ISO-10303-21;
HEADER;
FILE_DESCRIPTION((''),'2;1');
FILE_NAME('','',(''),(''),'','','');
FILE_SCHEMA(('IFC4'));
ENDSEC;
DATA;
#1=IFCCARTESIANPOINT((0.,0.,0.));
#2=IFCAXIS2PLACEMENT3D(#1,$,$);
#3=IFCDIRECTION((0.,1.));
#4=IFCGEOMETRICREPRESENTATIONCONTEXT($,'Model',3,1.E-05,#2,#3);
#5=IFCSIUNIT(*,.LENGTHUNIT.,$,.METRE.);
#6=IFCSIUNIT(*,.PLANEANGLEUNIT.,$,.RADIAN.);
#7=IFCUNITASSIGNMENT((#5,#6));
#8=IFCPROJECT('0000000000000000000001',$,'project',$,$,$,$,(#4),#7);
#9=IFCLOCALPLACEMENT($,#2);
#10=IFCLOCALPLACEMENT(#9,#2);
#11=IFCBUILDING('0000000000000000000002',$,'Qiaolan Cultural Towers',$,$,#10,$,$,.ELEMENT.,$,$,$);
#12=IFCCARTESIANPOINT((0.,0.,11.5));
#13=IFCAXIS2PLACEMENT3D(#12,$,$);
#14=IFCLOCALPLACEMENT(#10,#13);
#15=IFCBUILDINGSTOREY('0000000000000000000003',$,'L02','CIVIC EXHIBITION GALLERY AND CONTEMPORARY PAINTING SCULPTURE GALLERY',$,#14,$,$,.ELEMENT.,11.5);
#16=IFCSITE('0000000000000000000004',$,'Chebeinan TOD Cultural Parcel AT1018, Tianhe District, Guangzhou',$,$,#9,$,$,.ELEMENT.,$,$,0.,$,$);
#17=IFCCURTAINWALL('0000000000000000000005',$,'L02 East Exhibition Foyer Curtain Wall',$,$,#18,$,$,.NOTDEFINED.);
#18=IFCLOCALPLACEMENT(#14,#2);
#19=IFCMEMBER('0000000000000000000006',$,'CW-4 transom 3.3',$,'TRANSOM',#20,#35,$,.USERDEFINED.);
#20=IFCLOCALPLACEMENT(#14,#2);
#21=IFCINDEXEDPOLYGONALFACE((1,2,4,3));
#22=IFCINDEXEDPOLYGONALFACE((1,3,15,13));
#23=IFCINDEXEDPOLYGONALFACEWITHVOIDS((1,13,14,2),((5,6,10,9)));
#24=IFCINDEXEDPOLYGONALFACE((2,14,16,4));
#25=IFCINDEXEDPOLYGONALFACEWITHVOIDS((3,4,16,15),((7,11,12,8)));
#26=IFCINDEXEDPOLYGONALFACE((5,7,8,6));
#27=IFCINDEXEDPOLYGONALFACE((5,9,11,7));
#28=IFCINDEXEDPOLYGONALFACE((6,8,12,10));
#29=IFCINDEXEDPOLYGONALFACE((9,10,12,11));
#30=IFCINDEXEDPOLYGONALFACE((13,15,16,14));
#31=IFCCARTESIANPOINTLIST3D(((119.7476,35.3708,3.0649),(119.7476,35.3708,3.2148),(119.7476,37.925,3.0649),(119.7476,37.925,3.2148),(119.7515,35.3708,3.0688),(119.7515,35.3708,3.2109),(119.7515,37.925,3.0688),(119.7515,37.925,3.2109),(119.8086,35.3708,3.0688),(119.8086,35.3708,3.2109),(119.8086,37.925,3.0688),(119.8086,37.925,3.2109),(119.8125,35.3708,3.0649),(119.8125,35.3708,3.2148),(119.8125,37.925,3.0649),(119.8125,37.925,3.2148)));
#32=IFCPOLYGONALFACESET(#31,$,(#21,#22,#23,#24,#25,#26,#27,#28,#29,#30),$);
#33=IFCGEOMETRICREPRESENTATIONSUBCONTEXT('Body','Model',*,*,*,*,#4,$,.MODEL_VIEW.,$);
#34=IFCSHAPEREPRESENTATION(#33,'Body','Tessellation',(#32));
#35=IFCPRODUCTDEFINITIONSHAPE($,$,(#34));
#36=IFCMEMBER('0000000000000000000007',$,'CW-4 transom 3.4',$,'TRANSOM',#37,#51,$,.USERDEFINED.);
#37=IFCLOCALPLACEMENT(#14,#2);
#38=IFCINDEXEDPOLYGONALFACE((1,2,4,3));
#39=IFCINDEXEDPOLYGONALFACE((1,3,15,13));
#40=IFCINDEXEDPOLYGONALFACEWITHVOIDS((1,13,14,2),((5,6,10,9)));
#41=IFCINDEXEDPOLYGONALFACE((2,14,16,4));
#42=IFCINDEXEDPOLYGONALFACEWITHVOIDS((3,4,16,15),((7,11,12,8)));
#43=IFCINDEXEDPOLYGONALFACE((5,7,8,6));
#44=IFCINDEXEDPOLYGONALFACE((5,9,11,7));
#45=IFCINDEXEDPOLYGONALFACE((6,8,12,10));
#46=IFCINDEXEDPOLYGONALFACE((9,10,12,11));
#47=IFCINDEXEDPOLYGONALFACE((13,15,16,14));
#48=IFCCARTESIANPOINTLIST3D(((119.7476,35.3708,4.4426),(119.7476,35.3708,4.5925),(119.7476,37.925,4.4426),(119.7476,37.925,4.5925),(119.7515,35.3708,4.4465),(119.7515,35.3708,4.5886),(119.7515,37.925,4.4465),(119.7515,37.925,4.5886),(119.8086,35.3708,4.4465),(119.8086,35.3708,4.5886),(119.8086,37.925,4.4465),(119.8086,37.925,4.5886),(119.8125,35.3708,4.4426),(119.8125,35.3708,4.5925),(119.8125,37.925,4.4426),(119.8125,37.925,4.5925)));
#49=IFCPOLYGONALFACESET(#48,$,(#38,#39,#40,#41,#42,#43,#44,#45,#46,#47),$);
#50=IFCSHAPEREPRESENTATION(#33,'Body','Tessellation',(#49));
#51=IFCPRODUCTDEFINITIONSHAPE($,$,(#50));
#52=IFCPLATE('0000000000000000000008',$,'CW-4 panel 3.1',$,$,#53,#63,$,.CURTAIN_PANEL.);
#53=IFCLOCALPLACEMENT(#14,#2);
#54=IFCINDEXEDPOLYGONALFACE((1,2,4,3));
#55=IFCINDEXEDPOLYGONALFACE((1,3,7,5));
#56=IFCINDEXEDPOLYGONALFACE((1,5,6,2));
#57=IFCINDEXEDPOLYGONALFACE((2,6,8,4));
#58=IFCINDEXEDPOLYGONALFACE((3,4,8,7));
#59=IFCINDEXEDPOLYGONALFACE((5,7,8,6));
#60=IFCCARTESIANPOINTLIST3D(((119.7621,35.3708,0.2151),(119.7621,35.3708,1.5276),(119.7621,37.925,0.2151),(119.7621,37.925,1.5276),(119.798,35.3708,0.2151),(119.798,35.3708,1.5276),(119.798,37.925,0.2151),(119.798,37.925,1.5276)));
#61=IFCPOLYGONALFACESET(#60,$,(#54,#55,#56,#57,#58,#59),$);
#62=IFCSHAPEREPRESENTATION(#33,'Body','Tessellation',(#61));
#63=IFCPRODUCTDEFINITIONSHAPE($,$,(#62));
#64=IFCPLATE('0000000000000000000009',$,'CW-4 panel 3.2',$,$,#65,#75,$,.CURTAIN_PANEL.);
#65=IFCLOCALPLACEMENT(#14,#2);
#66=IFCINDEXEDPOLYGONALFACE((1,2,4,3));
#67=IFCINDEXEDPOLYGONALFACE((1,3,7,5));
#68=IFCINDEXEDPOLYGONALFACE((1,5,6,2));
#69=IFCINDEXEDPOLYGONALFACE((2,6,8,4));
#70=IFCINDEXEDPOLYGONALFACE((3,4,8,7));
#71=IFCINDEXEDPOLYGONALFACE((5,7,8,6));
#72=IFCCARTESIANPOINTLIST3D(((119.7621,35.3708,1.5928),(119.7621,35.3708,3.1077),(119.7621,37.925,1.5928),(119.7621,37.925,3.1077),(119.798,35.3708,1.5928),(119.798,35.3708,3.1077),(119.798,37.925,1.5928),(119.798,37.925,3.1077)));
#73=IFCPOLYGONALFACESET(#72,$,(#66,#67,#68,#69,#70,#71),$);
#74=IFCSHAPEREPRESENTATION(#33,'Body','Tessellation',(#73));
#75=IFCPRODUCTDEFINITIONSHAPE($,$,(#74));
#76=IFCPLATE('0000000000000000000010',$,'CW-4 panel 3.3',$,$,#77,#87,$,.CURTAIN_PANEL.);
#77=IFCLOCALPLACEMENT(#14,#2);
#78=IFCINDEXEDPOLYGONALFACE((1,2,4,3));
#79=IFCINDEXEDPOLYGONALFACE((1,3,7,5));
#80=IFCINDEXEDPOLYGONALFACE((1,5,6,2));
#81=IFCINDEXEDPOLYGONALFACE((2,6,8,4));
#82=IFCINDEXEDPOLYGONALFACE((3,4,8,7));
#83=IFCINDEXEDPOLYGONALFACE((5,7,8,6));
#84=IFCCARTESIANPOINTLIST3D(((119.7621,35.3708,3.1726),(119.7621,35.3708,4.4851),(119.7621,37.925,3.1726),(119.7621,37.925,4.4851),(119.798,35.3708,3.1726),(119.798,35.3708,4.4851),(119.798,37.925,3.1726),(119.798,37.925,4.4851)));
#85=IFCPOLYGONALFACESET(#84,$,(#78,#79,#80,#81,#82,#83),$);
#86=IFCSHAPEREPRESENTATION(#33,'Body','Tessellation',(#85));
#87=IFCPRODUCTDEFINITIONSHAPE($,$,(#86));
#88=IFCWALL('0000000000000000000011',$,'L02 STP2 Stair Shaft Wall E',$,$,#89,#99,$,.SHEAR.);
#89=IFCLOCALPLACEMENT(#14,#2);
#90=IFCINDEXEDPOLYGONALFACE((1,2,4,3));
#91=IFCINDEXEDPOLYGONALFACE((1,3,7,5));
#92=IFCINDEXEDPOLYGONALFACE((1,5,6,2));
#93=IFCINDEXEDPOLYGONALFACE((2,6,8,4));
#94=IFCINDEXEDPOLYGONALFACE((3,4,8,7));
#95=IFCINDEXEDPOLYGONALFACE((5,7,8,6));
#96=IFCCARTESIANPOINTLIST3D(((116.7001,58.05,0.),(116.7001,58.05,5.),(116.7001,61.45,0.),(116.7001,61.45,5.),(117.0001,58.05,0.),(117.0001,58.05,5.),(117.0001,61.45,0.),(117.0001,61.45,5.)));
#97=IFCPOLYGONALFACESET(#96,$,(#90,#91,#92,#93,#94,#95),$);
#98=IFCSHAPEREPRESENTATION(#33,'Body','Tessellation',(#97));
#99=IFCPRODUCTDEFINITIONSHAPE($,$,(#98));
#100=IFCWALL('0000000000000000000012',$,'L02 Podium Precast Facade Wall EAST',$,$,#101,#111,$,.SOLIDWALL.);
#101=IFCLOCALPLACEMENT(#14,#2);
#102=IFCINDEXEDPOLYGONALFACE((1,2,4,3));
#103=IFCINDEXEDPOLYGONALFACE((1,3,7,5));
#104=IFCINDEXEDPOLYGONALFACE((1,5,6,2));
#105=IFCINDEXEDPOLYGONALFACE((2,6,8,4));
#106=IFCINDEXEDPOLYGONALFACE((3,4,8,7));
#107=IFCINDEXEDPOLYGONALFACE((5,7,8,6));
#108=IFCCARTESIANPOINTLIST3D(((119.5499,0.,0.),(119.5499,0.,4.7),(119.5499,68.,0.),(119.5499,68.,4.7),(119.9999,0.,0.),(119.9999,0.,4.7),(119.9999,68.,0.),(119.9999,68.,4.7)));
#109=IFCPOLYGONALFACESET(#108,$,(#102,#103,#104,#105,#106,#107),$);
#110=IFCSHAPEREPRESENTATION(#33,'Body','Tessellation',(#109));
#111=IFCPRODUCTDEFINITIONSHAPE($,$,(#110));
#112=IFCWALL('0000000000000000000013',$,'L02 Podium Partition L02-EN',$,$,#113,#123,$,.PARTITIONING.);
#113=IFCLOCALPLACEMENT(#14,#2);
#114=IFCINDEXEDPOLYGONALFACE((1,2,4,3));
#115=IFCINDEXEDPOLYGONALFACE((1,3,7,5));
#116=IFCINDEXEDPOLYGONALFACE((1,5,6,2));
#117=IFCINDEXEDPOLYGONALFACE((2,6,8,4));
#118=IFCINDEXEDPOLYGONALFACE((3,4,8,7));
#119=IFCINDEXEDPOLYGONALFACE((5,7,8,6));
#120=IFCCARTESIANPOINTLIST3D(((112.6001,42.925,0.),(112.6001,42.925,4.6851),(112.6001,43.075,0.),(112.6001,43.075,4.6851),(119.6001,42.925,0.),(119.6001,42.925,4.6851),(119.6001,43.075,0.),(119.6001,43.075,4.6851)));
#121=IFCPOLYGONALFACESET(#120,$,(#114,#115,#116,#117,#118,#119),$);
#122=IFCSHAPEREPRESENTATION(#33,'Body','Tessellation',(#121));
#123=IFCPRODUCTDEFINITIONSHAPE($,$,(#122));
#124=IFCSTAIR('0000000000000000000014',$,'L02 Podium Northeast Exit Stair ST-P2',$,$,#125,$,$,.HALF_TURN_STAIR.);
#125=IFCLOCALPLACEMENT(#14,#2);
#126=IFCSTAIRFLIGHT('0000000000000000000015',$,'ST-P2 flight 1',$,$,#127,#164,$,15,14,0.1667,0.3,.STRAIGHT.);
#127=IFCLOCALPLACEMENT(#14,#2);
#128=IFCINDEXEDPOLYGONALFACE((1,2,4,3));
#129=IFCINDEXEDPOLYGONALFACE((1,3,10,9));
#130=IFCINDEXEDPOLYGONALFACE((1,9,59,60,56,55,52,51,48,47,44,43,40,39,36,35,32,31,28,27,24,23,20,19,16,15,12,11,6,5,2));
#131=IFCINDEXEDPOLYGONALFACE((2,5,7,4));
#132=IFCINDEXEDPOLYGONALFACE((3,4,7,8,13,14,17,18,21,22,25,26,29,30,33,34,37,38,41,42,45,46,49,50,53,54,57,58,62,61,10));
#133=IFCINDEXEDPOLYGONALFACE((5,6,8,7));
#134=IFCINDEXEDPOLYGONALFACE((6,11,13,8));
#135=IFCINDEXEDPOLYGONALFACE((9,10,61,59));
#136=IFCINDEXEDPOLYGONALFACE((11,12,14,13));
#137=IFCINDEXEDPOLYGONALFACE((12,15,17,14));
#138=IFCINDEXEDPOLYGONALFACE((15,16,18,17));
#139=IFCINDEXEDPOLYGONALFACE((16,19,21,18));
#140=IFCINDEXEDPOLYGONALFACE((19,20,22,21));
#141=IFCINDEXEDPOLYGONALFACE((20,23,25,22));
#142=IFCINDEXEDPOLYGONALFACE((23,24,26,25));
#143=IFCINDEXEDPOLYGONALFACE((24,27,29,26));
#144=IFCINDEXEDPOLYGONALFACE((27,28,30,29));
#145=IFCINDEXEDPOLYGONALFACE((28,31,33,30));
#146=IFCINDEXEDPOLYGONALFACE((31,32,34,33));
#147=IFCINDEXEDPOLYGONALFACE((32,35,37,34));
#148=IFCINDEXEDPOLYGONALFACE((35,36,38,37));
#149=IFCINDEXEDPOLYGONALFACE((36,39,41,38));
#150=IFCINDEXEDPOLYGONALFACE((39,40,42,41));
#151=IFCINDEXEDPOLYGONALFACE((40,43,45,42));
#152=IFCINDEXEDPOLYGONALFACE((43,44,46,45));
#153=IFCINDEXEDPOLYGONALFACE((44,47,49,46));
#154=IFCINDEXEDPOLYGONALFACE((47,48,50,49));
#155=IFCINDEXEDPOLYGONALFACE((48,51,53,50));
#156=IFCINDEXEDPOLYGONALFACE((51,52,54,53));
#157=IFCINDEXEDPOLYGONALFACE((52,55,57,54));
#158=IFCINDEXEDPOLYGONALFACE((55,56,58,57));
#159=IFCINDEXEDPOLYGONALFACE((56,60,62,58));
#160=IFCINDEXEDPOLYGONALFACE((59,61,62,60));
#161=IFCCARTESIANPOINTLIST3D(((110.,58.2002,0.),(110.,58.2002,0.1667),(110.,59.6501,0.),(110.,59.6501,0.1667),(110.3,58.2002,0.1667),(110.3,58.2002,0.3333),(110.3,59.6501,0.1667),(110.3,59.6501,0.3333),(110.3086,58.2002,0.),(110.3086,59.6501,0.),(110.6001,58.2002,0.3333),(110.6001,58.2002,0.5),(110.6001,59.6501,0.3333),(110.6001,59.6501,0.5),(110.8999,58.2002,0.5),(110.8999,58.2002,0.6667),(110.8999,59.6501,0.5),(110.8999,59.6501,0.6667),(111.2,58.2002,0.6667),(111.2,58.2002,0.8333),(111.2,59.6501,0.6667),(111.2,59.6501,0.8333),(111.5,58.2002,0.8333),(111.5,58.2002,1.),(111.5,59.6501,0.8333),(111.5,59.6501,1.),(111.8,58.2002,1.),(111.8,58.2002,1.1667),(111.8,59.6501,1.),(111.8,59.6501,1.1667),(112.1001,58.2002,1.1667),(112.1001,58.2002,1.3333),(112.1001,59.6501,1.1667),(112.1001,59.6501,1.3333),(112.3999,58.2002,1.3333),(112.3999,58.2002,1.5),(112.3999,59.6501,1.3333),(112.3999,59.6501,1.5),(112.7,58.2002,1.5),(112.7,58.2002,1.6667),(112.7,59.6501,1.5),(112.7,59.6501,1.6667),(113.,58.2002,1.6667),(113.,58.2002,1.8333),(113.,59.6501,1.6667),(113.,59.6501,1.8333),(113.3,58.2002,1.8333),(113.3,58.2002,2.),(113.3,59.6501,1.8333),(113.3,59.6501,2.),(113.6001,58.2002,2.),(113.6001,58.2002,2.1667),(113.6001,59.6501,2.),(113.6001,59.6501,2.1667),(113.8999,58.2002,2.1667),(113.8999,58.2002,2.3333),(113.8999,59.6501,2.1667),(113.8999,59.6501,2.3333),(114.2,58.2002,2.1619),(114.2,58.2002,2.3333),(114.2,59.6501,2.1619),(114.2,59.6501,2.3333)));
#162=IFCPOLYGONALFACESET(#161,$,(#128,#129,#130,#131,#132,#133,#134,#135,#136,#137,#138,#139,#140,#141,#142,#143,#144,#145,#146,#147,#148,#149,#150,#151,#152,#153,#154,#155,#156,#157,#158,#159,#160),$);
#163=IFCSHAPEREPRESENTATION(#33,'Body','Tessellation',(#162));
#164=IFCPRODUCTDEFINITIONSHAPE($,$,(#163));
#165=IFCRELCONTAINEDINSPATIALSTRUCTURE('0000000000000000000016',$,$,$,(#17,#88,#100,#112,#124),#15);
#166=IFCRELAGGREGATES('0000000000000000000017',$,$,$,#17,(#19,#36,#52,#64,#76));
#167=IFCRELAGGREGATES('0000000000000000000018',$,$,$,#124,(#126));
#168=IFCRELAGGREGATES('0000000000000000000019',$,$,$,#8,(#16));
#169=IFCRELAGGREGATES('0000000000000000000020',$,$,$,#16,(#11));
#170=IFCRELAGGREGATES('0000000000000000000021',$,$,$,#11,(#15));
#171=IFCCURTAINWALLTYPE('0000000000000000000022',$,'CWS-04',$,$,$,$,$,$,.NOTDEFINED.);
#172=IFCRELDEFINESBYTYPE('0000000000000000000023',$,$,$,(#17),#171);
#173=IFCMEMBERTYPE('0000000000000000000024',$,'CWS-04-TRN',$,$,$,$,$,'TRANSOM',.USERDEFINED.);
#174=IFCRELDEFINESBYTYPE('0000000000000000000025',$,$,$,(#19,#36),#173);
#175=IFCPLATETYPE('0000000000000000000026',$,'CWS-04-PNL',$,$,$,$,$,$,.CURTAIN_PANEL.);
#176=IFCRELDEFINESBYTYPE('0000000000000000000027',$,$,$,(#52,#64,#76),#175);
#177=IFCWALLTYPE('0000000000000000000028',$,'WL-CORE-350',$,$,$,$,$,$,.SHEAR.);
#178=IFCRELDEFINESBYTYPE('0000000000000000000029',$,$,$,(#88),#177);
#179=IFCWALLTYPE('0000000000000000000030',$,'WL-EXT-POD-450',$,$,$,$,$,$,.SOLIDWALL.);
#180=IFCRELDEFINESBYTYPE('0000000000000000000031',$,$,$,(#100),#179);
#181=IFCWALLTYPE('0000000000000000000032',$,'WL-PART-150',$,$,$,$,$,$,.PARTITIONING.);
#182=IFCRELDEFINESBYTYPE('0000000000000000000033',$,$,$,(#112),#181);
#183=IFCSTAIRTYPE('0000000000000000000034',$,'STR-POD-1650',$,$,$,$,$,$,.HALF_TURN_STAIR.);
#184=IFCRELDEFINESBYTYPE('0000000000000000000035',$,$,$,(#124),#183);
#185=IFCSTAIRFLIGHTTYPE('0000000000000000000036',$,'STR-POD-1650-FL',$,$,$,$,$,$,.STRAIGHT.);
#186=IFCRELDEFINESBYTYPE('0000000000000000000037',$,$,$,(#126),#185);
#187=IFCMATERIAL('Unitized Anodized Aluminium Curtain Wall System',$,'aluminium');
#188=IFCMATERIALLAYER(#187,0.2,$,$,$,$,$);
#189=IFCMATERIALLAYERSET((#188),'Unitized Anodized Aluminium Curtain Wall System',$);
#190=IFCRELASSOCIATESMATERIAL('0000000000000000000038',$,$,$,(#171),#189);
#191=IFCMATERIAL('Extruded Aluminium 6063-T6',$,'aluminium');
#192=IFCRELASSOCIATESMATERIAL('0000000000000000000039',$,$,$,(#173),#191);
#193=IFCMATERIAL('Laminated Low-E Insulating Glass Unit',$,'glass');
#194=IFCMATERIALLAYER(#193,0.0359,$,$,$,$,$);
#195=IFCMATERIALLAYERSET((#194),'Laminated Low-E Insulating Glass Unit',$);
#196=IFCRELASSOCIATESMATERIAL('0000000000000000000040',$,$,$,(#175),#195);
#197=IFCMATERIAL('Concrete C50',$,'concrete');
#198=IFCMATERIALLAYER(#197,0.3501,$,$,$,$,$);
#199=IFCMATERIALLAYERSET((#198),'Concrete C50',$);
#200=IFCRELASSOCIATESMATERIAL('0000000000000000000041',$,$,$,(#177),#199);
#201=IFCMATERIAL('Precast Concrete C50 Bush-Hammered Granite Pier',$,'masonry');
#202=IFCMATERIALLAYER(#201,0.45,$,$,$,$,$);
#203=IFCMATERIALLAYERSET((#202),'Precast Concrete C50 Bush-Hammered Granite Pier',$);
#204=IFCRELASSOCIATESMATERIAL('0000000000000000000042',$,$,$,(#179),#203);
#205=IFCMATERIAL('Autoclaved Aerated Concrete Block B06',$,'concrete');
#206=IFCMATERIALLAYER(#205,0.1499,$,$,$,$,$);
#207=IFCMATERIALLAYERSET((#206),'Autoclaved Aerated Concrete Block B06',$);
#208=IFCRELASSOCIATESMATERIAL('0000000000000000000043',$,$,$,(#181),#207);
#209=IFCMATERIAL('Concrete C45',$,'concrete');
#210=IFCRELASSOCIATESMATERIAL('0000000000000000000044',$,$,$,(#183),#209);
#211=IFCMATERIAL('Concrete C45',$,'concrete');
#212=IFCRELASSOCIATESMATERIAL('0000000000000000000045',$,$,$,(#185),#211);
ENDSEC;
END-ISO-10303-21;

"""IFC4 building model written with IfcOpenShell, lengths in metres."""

from ifc_helpers import new_model, si_unit, direction, frame, frame_2d, origin, origin_2d, place, context, subcontext, project, spatial, polyline, rectangle, hollow_rectangle, outline, extrude, material, layer, layer_set, material_profile, profile_set, type_object, element, aggregate, save


model = new_model("IFC4")

# Units and contexts
model_context = context("Model", 3, precision=1e-05, world=origin(), true_north=direction((0.0, 1.0)))
body_context = subcontext(model_context, "Body", "Model", "MODEL_VIEW")
ifc_project = project(units=[si_unit("LENGTHUNIT", "METRE"), si_unit("PLANEANGLEUNIT", "RADIAN")], contexts=[model_context])

# Site, building, storey
site_placement = place(None, origin())
site = spatial("IfcSite", under=ifc_project, at=site_placement, Name="Chebeinan TOD Cultural Parcel AT1018, Tianhe District, Guangzhou", CompositionType="ELEMENT", RefElevation=0.0)
building_placement = place(site_placement, origin())
building = spatial("IfcBuilding", under=site, at=building_placement, Name="Qiaolan Cultural Towers", CompositionType="ELEMENT")
storey_placement = place(building_placement, frame((0.0, 0.0, 11.5)))
storey = spatial("IfcBuildingStorey", under=building, at=storey_placement, Name="L02", Description="CIVIC EXHIBITION GALLERY AND CONTEMPORARY PAINTING SCULPTURE GALLERY", CompositionType="ELEMENT", Elevation=11.5)

# Curtain wall, members, plates
ifc_material_1 = material(Name="Unitized Anodized Aluminium Curtain Wall System", Category="aluminium")
ifc_layer_1 = layer(ifc_material_1, 0.2)
ifc_layer_set_1 = layer_set([ifc_layer_1], Name="Unitized Anodized Aluminium Curtain Wall System")
curtain_wall_type = type_object("IfcCurtainWallType", Name="CWS-04", PredefinedType="NOTDEFINED", material=ifc_layer_set_1)
curtain_wall_placement = place(storey_placement, origin())
curtain_wall = element("IfcCurtainWall", 1, at=curtain_wall_placement, inside=storey, type_object=curtain_wall_type, Name="L02 East Exhibition Foyer Curtain Wall", PredefinedType="NOTDEFINED")
ifc_material_2 = material(Name="Extruded Aluminium 6063-T6", Category="aluminium")
ifc_material_profile_1 = material_profile(ifc_material_2, hollow_rectangle(XDim=0.0649, YDim=0.1499, WallThickness=0.0039, at=origin_2d()), Name="CWT-150x65x4")
ifc_profile_set_1 = profile_set([ifc_material_profile_1], Name="Extruded Aluminium 6063-T6")
member_type_1 = type_object("IfcMemberType", Name="CWS-04-TRN", ElementType="TRANSOM", PredefinedType="USERDEFINED", material=ifc_profile_set_1)
member_1_placement = place(storey_placement, frame((119.78, 35.3708, 3.1399), z_axis=(0.0, 1.0, 0.0), x_axis=(-1.0, 0.0, 0.0)))
member_1 = element("IfcMember", 2, at=member_1_placement, type_object=member_type_1, Name="CW-4 transom 3.3", ObjectType="TRANSOM", PredefinedType="USERDEFINED", context=body_context, shape_type="SweptSolid", body=[
    extrude(hollow_rectangle(XDim=0.0649, YDim=0.1499, WallThickness=0.0039, at=origin_2d()), origin(), (0.0, 0.0, 1.0), 2.5542),
])
member_2_placement = place(storey_placement, frame((119.78, 35.3708, 4.5176), z_axis=(0.0, 1.0, 0.0), x_axis=(-1.0, 0.0, 0.0)))
member_2 = element("IfcMember", 3, at=member_2_placement, type_object=member_type_1, Name="CW-4 transom 3.4", ObjectType="TRANSOM", PredefinedType="USERDEFINED", context=body_context, shape_type="SweptSolid", body=[
    extrude(hollow_rectangle(XDim=0.0649, YDim=0.1499, WallThickness=0.0039, at=origin_2d()), origin(), (0.0, 0.0, 1.0), 2.5542),
])
ifc_material_3 = material(Name="Laminated Low-E Insulating Glass Unit", Category="glass")
ifc_layer_2 = layer(ifc_material_3, 0.0359)
ifc_layer_set_2 = layer_set([ifc_layer_2], Name="Laminated Low-E Insulating Glass Unit")
plate_type = type_object("IfcPlateType", Name="CWS-04-PNL", PredefinedType="CURTAIN_PANEL", material=ifc_layer_set_2)
plate_1_placement = place(storey_placement, frame((119.78, 36.6479, 0.2151), z_axis=(0.0, 0.0, 1.0), x_axis=(0.0, 1.0, 0.0)))
plate_1 = element("IfcPlate", 4, at=plate_1_placement, type_object=plate_type, Name="CW-4 panel 3.1", PredefinedType="CURTAIN_PANEL", context=body_context, shape_type="SweptSolid", body=[
    extrude(rectangle(XDim=2.5542, YDim=0.0359, at=origin_2d()), origin(), (0.0, 0.0, 1.0), 1.3125),
])
plate_2_placement = place(storey_placement, frame((119.78, 36.6479, 1.5928), z_axis=(0.0, 0.0, 1.0), x_axis=(0.0, 1.0, 0.0)))
plate_2 = element("IfcPlate", 5, at=plate_2_placement, type_object=plate_type, Name="CW-4 panel 3.2", PredefinedType="CURTAIN_PANEL", context=body_context, shape_type="SweptSolid", body=[
    extrude(rectangle(XDim=2.5542, YDim=0.0359, at=origin_2d()), origin(), (0.0, 0.0, 1.0), 1.5149),
])
plate_3_placement = place(storey_placement, frame((119.78, 36.6479, 3.1726), z_axis=(0.0, 0.0, 1.0), x_axis=(0.0, 1.0, 0.0)))
plate_3 = element("IfcPlate", 6, at=plate_3_placement, type_object=plate_type, Name="CW-4 panel 3.3", PredefinedType="CURTAIN_PANEL", context=body_context, shape_type="SweptSolid", body=[
    extrude(rectangle(XDim=2.5542, YDim=0.0359, at=origin_2d()), origin(), (0.0, 0.0, 1.0), 1.3125),
])
aggregate(curtain_wall, [member_1, member_2, plate_1, plate_2, plate_3])

# Walls
ifc_material_4 = material(Name="Concrete C50", Category="concrete")
ifc_layer_3 = layer(ifc_material_4, 0.3501)
ifc_layer_set_3 = layer_set([ifc_layer_3], Name="Concrete C50")
wall_type_1 = type_object("IfcWallType", Name="WL-CORE-350", PredefinedType="SHEAR", material=ifc_layer_set_3)
wall_1_placement = place(storey_placement, frame((116.8501, 58.05, 0.0), z_axis=(0.0, 0.0, 1.0), x_axis=(0.0, 1.0, 0.0)))
element("IfcWall", 7, at=wall_1_placement, inside=storey, type_object=wall_type_1, Name="L02 STP2 Stair Shaft Wall E", PredefinedType="SHEAR", context=body_context, shape_type="SweptSolid", body=[
    extrude(rectangle(XDim=3.3999, YDim=0.3, at=frame_2d((1.7, 0.0))), origin(), (0.0, 0.0, 1.0), 5.0),
])
ifc_material_5 = material(Name="Precast Concrete C50 Bush-Hammered Granite Pier", Category="masonry")
ifc_layer_4 = layer(ifc_material_5, 0.45)
ifc_layer_set_4 = layer_set([ifc_layer_4], Name="Precast Concrete C50 Bush-Hammered Granite Pier")
wall_type_2 = type_object("IfcWallType", Name="WL-EXT-POD-450", PredefinedType="SOLIDWALL", material=ifc_layer_set_4)
wall_2_placement = place(storey_placement, frame((119.7749, 68.0, 0.0), z_axis=(0.0, 0.0, 1.0), x_axis=(0.0, -1.0, 0.0)))
element("IfcWall", 8, at=wall_2_placement, inside=storey, type_object=wall_type_2, Name="L02 Podium Precast Facade Wall EAST", PredefinedType="SOLIDWALL", context=body_context, shape_type="SweptSolid", body=[
    extrude(rectangle(XDim=68.0, YDim=0.45, at=frame_2d((34.0, 0.0))), origin(), (0.0, 0.0, 1.0), 4.7),
])
ifc_material_6 = material(Name="Autoclaved Aerated Concrete Block B06", Category="concrete")
ifc_layer_5 = layer(ifc_material_6, 0.1499)
ifc_layer_set_5 = layer_set([ifc_layer_5], Name="Autoclaved Aerated Concrete Block B06")
wall_type_3 = type_object("IfcWallType", Name="WL-PART-150", PredefinedType="PARTITIONING", material=ifc_layer_set_5)
wall_3_placement = place(storey_placement, frame((112.6001, 43.0, 0.0), z_axis=(0.0, 0.0, 1.0), x_axis=(1.0, 0.0, 0.0)))
element("IfcWall", 9, at=wall_3_placement, inside=storey, type_object=wall_type_3, Name="L02 Podium Partition L02-EN", PredefinedType="PARTITIONING", context=body_context, shape_type="SweptSolid", body=[
    extrude(rectangle(XDim=7.0, YDim=0.1499, at=frame_2d((3.5, 0.0))), origin(), (0.0, 0.0, 1.0), 4.6851),
])

# Stair, stair flight
ifc_material_7 = material(Name="Concrete C45", Category="concrete")
stair_type = type_object("IfcStairType", Name="STR-POD-1650", PredefinedType="HALF_TURN_STAIR", material=ifc_material_7)
stair_placement = place(storey_placement, origin())
stair = element("IfcStair", 10, at=stair_placement, inside=storey, type_object=stair_type, Name="L02 Podium Northeast Exit Stair ST-P2", PredefinedType="HALF_TURN_STAIR")
ifc_material_8 = material(Name="Concrete C45", Category="concrete")
stair_flight_type = type_object("IfcStairFlightType", Name="STR-POD-1650-FL", PredefinedType="STRAIGHT", material=ifc_material_8)
stair_flight_1_placement = place(storey_placement, frame((110.0, 58.925, 0.0), z_axis=(0.0, 0.0, 1.0), x_axis=(1.0, 0.0, 0.0)))
stair_flight_1 = element("IfcStairFlight", 11, at=stair_flight_1_placement, type_object=stair_flight_type, Name="ST-P2 flight 1", NumberOfRisers=15, NumberOfTreads=14, PredefinedType="STRAIGHT", RiserHeight=0.1667, TreadLength=0.3, context=body_context, shape_type="SweptSolid", body=[
    extrude(outline(polyline([(0.0, 0.0), (0.0, 0.1667), (0.3, 0.1667), (0.3, 0.3333), (0.6001, 0.3333), (0.6001, 0.5), (0.8999, 0.5), (0.8999, 0.6667), (1.2, 0.6667), (1.2, 0.8333), (1.5, 0.8333), (1.5, 1.0), (1.8, 1.0), (1.8, 1.1667), (2.1001, 1.1667), (2.1001, 1.3333), (2.3999, 1.3333), (2.3999, 1.5), (2.7, 1.5), (2.7, 1.6667), (3.0, 1.6667), (3.0, 1.8333), (3.3, 1.8333), (3.3, 2.0), (3.6001, 2.0), (3.6001, 2.1667), (3.8999, 2.1667), (3.8999, 2.3333), (4.2, 2.3333), (4.2, 2.5), (4.2, 2.1619), (0.3086, 0.0), (0.0, 0.0)])), frame((0.0, 0.7251, 0.0), z_axis=(0.0, -1.0, 0.0), x_axis=(1.0, 0.0, 0.0)), (0.0, 0.0, 1.0), 1.45),
])
aggregate(stair, [stair_flight_1])

save(model, "model.ifc")
